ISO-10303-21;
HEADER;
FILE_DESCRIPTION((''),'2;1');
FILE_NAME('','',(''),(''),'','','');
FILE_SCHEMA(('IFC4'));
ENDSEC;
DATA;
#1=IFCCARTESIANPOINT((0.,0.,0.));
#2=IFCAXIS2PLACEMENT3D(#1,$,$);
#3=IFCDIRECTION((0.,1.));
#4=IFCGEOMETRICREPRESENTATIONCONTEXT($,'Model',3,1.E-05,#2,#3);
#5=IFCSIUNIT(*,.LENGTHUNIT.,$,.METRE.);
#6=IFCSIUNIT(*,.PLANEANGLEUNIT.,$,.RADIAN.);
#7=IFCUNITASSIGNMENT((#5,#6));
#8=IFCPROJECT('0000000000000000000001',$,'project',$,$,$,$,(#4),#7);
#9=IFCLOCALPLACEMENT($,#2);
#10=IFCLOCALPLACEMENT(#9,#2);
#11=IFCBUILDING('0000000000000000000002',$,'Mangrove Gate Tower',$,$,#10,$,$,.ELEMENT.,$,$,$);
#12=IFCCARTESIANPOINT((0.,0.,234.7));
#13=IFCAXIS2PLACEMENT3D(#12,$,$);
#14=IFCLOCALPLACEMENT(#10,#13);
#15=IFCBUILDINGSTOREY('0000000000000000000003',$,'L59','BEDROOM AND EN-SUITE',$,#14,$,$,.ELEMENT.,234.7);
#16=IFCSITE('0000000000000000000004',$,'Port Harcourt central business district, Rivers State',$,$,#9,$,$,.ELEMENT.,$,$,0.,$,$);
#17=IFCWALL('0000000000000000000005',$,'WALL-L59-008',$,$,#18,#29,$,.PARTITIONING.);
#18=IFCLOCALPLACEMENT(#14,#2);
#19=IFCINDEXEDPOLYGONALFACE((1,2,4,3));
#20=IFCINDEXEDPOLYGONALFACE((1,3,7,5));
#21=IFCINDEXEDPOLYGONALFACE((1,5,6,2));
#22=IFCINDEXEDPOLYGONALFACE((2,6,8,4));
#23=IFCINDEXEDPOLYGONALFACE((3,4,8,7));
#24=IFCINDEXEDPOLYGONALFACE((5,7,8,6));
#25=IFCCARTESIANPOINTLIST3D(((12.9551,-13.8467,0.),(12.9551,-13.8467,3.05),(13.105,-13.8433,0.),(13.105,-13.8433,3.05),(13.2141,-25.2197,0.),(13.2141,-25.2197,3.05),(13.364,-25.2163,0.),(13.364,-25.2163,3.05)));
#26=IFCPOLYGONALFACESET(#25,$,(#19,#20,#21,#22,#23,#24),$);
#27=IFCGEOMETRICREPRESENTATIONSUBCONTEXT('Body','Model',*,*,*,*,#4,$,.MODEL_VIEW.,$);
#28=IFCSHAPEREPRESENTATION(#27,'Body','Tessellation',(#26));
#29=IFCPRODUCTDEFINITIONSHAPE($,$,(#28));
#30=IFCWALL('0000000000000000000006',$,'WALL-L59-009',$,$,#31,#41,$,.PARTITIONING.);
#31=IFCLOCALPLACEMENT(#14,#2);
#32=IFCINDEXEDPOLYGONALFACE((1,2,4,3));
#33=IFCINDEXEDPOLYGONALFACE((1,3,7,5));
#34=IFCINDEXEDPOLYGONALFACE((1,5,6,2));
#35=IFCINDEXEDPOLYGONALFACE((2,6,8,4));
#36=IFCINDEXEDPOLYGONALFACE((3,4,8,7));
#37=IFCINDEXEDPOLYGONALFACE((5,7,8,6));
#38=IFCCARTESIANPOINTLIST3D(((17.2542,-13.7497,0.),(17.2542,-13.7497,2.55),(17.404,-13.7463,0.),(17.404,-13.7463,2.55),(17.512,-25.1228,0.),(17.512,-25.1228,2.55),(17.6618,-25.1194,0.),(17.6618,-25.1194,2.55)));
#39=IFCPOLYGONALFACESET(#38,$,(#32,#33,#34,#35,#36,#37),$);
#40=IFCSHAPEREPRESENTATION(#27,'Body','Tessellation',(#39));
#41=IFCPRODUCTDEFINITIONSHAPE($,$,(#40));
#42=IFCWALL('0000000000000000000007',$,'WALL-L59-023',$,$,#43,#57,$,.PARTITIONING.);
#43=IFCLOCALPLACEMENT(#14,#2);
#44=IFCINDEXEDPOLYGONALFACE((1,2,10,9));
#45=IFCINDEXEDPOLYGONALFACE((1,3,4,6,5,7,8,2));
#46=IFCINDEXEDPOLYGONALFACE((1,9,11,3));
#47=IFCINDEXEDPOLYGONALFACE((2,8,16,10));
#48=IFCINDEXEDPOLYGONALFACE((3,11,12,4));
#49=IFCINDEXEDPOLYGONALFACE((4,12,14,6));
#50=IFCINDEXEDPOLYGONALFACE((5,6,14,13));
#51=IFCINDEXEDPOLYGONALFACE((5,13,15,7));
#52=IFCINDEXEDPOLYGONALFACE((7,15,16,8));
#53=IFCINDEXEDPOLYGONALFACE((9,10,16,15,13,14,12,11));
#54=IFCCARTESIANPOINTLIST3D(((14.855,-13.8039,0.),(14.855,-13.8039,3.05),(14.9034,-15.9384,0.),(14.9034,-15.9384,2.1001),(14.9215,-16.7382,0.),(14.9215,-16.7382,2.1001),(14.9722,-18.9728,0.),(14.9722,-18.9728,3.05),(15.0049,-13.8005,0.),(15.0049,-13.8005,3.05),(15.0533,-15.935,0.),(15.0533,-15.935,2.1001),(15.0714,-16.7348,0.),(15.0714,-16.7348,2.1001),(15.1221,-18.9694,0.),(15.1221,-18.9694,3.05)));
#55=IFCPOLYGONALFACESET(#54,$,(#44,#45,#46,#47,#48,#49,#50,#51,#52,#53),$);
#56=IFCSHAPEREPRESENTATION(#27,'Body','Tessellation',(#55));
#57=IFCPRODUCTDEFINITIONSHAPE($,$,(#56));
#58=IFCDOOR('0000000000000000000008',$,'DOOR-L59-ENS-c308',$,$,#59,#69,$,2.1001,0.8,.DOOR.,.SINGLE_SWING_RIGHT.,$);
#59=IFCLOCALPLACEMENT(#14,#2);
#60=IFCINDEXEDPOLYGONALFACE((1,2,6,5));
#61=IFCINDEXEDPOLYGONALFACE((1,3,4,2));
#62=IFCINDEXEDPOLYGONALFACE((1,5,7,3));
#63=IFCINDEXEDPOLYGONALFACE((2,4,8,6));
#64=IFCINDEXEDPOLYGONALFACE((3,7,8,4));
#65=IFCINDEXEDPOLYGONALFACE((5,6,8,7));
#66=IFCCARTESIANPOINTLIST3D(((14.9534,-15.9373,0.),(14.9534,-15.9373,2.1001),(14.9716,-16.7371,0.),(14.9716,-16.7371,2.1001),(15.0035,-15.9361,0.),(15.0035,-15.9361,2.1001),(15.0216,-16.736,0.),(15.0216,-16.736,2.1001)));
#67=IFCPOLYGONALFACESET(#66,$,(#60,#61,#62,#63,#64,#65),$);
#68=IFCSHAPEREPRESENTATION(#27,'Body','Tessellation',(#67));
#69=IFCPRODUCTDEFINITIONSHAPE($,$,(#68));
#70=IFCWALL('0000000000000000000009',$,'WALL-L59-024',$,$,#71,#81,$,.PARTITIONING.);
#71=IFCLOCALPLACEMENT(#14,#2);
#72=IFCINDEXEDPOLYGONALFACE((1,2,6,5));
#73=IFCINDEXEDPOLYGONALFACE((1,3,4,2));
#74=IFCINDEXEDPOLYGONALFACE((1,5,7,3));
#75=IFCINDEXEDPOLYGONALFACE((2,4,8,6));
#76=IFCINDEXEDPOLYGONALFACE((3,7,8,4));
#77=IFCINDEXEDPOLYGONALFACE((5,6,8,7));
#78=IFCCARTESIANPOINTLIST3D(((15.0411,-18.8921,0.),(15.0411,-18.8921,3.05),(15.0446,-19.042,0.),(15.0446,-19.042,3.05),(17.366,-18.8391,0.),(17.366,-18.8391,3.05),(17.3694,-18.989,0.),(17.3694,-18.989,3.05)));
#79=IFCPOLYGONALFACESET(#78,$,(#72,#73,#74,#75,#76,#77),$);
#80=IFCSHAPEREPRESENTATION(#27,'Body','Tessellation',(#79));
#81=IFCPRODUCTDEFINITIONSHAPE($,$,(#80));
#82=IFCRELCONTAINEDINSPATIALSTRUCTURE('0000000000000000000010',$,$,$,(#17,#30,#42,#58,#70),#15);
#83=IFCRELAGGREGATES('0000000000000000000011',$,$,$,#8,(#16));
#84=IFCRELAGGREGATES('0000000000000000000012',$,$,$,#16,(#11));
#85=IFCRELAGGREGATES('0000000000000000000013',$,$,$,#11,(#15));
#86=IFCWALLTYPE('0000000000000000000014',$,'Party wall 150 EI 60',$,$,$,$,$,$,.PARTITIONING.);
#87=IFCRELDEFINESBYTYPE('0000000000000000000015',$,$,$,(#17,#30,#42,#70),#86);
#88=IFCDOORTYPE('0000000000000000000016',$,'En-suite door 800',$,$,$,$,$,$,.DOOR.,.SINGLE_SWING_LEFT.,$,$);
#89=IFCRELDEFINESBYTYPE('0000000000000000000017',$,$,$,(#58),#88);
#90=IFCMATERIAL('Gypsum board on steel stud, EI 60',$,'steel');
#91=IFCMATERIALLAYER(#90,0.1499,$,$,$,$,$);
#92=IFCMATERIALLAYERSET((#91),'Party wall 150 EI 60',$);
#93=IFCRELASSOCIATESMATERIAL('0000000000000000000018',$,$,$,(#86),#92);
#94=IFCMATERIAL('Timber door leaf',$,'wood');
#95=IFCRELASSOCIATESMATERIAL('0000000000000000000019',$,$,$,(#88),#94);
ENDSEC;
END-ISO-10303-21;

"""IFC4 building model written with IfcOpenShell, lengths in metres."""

from ifc_helpers import new_model, si_unit, direction, frame, frame_2d, origin, place, context, subcontext, project, spatial, rectangle, extrude, material, layer, layer_set, type_object, element, fill, save


model = new_model("IFC4")

# Units and contexts
model_context = context("Model", 3, precision=1e-05, world=origin(), true_north=direction((0.0, 1.0)))
body_context = subcontext(model_context, "Body", "Model", "MODEL_VIEW")
ifc_project = project(units=[si_unit("LENGTHUNIT", "METRE"), si_unit("PLANEANGLEUNIT", "RADIAN")], contexts=[model_context])

# Site, building, storey
site_placement = place(None, origin())
site = spatial("IfcSite", under=ifc_project, at=site_placement, Name="Port Harcourt central business district, Rivers State", CompositionType="ELEMENT", RefElevation=0.0)
building_placement = place(site_placement, origin())
building = spatial("IfcBuilding", under=site, at=building_placement, Name="Mangrove Gate Tower", CompositionType="ELEMENT")
storey_placement = place(building_placement, frame((0.0, 0.0, 234.7)))
storey = spatial("IfcBuildingStorey", under=building, at=storey_placement, Name="L59", Description="BEDROOM AND EN-SUITE", CompositionType="ELEMENT", Elevation=234.7)

# Walls
ifc_material_1 = material(Name="Gypsum board on steel stud, EI 60", Category="steel")
ifc_layer_1 = layer(ifc_material_1, 0.1499)
ifc_layer_set_1 = layer_set([ifc_layer_1], Name="Party wall 150 EI 60")
wall_type_1 = type_object("IfcWallType", Name="Party wall 150 EI 60", PredefinedType="PARTITIONING", material=ifc_layer_set_1)
wall_1_placement = place(storey_placement, frame((13.2891, -25.218, 0.0), z_axis=(0.0, 0.0, 1.0), x_axis=(-0.02277, 0.999741, 0.0)))
element("IfcWall", 1, at=wall_1_placement, inside=storey, type_object=wall_type_1, Name="WALL-L59-008", PredefinedType="PARTITIONING", context=body_context, shape_type="SweptSolid", body=[
    extrude(rectangle(XDim=11.376, YDim=0.1499, at=frame_2d((5.688, 0.0))), origin(), (0.0, 0.0, 1.0), 3.05),
])
wall_2_placement = place(storey_placement, frame((17.5869, -25.1211, 0.0), z_axis=(0.0, 0.0, 1.0), x_axis=(-0.022663, 0.999743, 0.0)))
element("IfcWall", 2, at=wall_2_placement, inside=storey, type_object=wall_type_1, Name="WALL-L59-009", PredefinedType="PARTITIONING", context=body_context, shape_type="SweptSolid", body=[
    extrude(rectangle(XDim=11.376, YDim=0.1499, at=frame_2d((5.688, 0.0))), origin(), (0.0, 0.0, 1.0), 2.55),
])

# Wall, opening, door
wall_3_placement = place(storey_placement, frame((15.0471, -18.9709, 0.0), z_axis=(0.0, 0.0, 1.0), x_axis=(-0.022666, 0.999743, 0.0)))
wall_3 = element("IfcWall", 3, at=wall_3_placement, inside=storey, type_object=wall_type_1, Name="WALL-L59-023", PredefinedType="PARTITIONING", context=body_context, shape_type="SweptSolid", body=[
    extrude(rectangle(XDim=5.1702, YDim=0.1499, at=frame_2d((2.585, 0.0))), origin(), (0.0, 0.0, 1.0), 3.05),
])
opening_1_placement = place(wall_3_placement, frame((2.2351, 0.0, 0.0)))
opening_1 = element("IfcOpeningElement", 4, at=opening_1_placement, cuts=wall_3, PredefinedType="OPENING", context=body_context, shape_type="SweptSolid", body=[
    extrude(rectangle(XDim=0.8, YDim=2.1001, at=frame_2d((0.3999, 1.05))), frame((0.0, 0.085, 0.0), z_axis=(0.0, -1.0, 0.0), x_axis=(1.0, 0.0, 0.0)), (0.0, 0.0, 1.0), 0.1699),
])
ifc_material_2 = material(Name="Timber door leaf", Category="wood")
door_type_1 = type_object("IfcDoorType", Name="En-suite door 800", OperationType="SINGLE_SWING_LEFT", PredefinedType="DOOR", material=ifc_material_2)
door_1_placement = place(opening_1_placement, origin())
door_1 = element("IfcDoor", 5, at=door_1_placement, inside=storey, type_object=door_type_1, Name="DOOR-L59-ENS-c308", OperationType="SINGLE_SWING_RIGHT", OverallHeight=2.1001, OverallWidth=0.8, PredefinedType="DOOR", context=body_context, shape_type="SweptSolid", body=[
    extrude(rectangle(XDim=0.8, YDim=2.1001, at=frame_2d((0.3999, 1.05))), frame((0.0, 0.0249, 0.0), z_axis=(0.0, -1.0, 0.0), x_axis=(1.0, 0.0, 0.0)), (0.0, 0.0, 1.0), 0.05),
])
fill(opening_1, door_1)

# Wall
wall_4_placement = place(storey_placement, frame((15.043, -18.967, 0.0), z_axis=(0.0, 0.0, 1.0), x_axis=(0.99974, 0.022781, 0.0)))
element("IfcWall", 6, at=wall_4_placement, inside=storey, type_object=wall_type_1, Name="WALL-L59-024", PredefinedType="PARTITIONING", context=body_context, shape_type="SweptSolid", body=[
    extrude(rectangle(XDim=2.3254, YDim=0.1499, at=frame_2d((1.1626, 0.0))), origin(), (0.0, 0.0, 1.0), 3.05),
])

save(model, "model.ifc")
